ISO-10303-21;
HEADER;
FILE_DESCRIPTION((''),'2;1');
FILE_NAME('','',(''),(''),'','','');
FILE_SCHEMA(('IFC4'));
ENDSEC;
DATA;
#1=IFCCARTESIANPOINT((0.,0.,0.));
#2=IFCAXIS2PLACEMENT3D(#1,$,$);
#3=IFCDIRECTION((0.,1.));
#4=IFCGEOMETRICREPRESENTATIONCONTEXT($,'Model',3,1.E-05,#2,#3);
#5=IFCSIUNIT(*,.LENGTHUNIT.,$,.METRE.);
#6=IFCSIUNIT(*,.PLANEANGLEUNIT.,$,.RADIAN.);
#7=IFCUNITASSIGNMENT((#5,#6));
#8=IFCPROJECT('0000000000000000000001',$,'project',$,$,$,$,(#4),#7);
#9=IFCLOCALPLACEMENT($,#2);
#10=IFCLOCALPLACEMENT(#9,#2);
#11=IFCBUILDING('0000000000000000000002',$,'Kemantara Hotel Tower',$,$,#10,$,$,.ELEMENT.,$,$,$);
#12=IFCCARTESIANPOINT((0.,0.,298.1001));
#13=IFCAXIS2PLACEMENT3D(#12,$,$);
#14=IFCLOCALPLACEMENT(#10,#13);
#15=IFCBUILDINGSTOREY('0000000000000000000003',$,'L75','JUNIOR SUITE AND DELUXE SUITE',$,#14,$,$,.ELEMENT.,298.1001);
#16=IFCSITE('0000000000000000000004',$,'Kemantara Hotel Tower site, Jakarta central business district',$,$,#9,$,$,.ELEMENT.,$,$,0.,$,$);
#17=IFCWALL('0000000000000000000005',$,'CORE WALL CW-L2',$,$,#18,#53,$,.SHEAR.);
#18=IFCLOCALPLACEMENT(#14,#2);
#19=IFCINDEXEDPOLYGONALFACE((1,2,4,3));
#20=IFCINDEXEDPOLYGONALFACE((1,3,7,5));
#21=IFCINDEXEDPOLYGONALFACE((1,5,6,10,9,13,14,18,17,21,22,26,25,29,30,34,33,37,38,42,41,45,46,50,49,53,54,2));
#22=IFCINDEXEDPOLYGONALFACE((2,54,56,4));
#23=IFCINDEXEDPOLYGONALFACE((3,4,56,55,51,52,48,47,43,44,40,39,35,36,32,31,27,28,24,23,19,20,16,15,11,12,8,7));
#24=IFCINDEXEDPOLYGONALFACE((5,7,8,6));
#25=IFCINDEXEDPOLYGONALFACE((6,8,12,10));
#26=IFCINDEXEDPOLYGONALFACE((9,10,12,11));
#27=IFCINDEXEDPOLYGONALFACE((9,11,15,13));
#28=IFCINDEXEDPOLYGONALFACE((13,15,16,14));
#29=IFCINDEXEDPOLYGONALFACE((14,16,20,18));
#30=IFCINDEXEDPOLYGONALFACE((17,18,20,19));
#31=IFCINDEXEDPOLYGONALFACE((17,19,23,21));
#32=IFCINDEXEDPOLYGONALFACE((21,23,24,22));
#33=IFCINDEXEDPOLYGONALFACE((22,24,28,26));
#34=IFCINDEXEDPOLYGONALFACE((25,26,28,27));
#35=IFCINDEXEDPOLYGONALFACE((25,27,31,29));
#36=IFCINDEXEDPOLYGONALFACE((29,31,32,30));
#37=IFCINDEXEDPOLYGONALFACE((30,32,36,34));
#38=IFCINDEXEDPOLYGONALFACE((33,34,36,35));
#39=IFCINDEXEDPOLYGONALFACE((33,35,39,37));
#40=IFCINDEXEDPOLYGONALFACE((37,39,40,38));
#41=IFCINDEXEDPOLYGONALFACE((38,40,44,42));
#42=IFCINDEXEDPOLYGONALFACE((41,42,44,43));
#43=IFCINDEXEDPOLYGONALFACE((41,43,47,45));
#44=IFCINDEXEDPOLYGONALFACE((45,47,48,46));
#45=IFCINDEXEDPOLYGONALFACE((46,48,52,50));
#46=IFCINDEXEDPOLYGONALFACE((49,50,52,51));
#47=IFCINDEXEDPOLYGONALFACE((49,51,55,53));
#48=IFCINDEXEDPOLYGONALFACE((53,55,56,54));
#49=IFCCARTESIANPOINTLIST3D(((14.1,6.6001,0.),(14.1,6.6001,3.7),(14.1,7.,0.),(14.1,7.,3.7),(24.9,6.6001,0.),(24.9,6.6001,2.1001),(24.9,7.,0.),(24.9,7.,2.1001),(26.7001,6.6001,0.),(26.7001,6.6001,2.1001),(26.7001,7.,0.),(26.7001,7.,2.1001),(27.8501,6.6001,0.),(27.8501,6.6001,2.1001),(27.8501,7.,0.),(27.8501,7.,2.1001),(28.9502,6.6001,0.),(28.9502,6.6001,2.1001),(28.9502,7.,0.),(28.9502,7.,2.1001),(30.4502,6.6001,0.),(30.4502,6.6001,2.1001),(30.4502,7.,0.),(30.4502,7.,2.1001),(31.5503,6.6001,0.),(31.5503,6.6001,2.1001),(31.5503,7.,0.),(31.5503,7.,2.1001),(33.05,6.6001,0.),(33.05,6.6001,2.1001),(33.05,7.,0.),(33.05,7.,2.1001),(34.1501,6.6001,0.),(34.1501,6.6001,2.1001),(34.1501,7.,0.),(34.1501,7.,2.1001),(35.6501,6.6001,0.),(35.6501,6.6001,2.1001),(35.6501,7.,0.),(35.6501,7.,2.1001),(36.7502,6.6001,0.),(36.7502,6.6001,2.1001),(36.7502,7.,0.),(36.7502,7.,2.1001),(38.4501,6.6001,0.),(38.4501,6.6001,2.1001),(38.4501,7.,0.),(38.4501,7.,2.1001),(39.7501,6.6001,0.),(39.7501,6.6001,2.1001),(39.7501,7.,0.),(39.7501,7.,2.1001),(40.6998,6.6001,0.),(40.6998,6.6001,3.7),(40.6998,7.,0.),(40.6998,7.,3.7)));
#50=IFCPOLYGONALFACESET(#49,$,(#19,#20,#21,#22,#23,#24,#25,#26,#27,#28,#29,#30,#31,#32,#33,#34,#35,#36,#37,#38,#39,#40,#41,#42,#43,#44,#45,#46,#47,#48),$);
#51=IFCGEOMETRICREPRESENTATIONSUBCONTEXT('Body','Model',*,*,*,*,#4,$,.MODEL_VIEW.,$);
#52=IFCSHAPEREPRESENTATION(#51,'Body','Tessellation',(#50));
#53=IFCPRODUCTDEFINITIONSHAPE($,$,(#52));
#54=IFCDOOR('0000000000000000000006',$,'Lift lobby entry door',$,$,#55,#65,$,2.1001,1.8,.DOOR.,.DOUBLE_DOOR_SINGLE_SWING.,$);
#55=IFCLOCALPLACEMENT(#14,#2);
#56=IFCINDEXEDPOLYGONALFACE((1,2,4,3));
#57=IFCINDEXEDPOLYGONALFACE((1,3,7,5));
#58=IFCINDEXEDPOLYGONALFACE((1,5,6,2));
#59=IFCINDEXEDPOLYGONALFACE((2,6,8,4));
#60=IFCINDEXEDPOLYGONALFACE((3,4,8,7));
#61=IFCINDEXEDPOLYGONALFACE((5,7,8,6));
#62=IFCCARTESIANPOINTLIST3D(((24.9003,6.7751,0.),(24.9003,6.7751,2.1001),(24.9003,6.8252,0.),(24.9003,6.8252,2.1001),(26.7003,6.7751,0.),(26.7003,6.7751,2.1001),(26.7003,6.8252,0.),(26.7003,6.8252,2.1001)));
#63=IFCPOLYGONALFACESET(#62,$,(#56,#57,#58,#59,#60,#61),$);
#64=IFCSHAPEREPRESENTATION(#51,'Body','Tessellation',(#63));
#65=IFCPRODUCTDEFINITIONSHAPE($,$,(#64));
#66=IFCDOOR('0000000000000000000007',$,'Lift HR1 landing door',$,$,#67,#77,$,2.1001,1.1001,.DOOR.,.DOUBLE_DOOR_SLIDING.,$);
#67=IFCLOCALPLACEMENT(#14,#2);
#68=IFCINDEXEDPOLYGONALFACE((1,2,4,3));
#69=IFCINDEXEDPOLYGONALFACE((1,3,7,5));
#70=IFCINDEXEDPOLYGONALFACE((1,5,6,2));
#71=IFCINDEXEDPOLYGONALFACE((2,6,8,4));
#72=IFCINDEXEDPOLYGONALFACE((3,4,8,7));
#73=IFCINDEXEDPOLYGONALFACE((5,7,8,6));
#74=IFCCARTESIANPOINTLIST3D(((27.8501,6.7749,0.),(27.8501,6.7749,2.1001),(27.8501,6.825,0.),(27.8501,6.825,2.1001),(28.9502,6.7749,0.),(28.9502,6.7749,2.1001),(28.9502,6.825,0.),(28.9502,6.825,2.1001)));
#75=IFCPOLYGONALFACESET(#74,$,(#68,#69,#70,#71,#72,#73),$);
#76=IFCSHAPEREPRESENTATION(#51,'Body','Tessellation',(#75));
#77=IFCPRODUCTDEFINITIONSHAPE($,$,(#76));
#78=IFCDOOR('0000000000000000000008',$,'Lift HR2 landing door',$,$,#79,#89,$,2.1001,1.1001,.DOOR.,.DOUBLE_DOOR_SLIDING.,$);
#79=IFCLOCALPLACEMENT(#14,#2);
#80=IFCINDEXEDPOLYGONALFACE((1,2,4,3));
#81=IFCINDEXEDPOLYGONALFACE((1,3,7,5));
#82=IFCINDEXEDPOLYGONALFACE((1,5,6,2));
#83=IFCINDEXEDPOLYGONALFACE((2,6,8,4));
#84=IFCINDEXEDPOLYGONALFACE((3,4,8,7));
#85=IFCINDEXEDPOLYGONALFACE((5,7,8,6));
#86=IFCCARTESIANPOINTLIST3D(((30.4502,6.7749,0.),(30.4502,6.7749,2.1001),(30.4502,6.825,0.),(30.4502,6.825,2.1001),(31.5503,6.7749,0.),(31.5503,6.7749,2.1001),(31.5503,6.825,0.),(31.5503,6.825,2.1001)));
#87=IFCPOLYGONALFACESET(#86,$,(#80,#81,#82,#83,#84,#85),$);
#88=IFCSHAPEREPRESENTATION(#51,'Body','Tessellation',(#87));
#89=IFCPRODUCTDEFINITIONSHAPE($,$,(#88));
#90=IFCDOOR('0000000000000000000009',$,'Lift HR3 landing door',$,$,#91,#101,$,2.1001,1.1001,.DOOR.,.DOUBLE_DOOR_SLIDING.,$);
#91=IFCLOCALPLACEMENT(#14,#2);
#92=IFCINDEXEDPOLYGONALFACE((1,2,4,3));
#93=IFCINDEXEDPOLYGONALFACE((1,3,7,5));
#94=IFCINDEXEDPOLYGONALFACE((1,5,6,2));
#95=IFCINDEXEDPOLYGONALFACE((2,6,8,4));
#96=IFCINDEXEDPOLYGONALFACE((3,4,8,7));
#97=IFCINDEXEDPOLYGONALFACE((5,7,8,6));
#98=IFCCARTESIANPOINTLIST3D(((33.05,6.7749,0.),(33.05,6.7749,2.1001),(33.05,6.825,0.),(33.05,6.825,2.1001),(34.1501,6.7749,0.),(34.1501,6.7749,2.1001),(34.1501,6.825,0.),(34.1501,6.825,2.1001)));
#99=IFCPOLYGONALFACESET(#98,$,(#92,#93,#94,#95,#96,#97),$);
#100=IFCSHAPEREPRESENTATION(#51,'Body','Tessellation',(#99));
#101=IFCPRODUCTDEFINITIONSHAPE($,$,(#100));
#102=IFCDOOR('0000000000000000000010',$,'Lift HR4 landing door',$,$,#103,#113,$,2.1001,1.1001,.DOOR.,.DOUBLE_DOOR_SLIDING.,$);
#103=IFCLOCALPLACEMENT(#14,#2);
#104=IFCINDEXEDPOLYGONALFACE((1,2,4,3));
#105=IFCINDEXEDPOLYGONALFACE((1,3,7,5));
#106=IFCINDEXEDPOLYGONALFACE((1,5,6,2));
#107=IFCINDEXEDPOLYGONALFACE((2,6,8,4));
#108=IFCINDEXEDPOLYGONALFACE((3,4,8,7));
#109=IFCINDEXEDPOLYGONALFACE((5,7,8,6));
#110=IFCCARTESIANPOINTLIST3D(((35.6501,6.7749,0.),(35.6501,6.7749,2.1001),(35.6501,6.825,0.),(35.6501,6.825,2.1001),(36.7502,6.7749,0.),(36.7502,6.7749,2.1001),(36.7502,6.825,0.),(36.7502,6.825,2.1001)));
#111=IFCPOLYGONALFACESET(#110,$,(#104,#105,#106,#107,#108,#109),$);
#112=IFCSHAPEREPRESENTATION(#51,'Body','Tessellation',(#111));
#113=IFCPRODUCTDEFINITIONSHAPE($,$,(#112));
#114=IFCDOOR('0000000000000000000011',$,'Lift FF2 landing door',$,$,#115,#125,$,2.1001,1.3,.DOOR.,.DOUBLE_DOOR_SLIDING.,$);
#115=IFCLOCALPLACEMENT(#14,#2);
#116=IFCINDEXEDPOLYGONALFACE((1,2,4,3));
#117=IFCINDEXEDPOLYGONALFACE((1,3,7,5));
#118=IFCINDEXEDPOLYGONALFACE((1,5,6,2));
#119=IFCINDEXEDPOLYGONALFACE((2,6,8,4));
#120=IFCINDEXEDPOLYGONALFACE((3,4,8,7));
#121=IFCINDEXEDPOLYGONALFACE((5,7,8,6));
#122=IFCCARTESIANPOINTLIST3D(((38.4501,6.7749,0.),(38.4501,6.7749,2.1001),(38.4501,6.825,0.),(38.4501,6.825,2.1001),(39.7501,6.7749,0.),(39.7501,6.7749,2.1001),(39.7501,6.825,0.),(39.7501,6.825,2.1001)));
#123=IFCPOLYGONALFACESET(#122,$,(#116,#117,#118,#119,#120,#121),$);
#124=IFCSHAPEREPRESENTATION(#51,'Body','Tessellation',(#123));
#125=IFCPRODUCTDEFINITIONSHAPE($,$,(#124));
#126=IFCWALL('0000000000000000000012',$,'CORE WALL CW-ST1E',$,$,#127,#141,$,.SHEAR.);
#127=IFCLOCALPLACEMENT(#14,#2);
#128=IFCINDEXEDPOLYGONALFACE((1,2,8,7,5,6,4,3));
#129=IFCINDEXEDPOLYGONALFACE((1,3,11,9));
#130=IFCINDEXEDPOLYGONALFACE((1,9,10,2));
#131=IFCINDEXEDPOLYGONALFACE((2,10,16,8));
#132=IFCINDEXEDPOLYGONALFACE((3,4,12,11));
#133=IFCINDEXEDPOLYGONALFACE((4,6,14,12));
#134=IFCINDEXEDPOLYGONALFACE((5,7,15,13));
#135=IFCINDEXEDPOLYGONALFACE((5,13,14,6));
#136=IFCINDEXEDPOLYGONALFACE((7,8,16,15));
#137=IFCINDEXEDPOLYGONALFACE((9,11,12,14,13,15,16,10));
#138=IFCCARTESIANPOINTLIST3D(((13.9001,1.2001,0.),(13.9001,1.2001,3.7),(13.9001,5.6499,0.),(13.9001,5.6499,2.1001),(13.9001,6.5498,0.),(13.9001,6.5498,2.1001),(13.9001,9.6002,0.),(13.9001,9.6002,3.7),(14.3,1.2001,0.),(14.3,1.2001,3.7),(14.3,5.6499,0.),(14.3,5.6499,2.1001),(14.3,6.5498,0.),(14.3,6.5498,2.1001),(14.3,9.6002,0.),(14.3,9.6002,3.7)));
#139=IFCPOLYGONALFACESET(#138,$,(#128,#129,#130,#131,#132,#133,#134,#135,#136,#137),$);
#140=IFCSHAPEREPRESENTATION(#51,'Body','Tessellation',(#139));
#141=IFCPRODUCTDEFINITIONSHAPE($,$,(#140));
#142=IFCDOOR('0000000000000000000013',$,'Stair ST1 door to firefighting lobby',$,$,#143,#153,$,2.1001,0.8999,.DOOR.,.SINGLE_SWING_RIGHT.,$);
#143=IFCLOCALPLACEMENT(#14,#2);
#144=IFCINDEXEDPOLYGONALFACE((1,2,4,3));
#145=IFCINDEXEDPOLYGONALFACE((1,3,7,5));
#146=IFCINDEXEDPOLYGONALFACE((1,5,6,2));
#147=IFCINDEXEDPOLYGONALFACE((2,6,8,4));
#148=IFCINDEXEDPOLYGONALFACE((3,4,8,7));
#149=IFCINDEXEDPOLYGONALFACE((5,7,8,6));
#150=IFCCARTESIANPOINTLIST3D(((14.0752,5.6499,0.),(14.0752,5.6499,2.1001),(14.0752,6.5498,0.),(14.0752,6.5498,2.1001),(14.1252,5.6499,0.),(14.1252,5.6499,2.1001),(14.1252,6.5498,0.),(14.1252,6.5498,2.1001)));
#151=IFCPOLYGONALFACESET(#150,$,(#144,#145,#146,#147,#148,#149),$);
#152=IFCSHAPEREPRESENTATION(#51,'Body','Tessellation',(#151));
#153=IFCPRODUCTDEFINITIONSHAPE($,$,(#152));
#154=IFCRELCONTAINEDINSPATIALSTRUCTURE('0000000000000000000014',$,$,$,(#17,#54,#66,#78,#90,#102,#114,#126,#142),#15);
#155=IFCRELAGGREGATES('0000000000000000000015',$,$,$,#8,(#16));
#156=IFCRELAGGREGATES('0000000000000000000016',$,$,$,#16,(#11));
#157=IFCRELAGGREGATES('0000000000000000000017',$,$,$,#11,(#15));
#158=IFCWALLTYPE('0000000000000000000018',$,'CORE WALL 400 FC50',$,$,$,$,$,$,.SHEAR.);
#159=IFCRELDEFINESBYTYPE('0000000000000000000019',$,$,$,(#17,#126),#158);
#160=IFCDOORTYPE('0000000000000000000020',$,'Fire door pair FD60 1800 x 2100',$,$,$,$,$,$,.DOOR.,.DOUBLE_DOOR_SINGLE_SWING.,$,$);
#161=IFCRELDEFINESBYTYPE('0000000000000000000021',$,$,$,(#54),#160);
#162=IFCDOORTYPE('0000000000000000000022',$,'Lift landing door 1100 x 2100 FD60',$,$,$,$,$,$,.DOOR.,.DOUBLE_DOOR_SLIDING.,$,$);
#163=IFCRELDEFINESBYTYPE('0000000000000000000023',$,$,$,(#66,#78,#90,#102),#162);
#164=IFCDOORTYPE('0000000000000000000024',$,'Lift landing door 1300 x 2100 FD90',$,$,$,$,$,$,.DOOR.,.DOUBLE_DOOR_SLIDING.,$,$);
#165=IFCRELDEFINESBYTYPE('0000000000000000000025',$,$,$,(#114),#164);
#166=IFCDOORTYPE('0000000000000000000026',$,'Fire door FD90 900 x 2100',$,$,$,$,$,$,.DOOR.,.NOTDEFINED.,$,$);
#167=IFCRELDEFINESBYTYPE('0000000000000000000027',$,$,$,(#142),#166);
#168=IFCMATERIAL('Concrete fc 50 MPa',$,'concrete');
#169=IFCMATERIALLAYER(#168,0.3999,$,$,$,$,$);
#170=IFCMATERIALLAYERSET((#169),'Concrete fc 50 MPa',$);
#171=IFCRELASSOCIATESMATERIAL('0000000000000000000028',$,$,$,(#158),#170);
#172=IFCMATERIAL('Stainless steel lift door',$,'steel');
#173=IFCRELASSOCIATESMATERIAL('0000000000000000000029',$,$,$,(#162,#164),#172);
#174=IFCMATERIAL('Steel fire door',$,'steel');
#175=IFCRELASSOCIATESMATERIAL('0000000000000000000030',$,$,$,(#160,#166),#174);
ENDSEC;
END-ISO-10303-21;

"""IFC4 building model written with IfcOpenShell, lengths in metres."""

from ifc_helpers import new_model, si_unit, direction, frame, frame_2d, origin, place, context, subcontext, project, spatial, rectangle, extrude, material, layer, layer_set, type_object, element, fill, save


model = new_model("IFC4")

# Units and contexts
model_context = context("Model", 3, precision=1e-05, world=origin(), true_north=direction((0.0, 1.0)))
body_context = subcontext(model_context, "Body", "Model", "MODEL_VIEW")
ifc_project = project(units=[si_unit("LENGTHUNIT", "METRE"), si_unit("PLANEANGLEUNIT", "RADIAN")], contexts=[model_context])

# Site, building, storey
site_placement = place(None, origin())
site = spatial("IfcSite", under=ifc_project, at=site_placement, Name="Kemantara Hotel Tower site, Jakarta central business district", CompositionType="ELEMENT", RefElevation=0.0)
building_placement = place(site_placement, origin())
building = spatial("IfcBuilding", under=site, at=building_placement, Name="Kemantara Hotel Tower", CompositionType="ELEMENT")
storey_placement = place(building_placement, frame((0.0, 0.0, 298.1001)))
storey = spatial("IfcBuildingStorey", under=building, at=storey_placement, Name="L75", Description="JUNIOR SUITE AND DELUXE SUITE", CompositionType="ELEMENT", Elevation=298.1001)

# Shared definitions
ifc_material_1 = material(Name="Concrete fc 50 MPa", Category="concrete")

# Shared definitions
ifc_layer_1 = layer(ifc_material_1, 0.3999)
ifc_layer_set_1 = layer_set([ifc_layer_1], Name="Concrete fc 50 MPa")
wall_type_1 = type_object("IfcWallType", Name="CORE WALL 400 FC50", PredefinedType="SHEAR", material=ifc_layer_set_1)
ifc_material_2 = material(Name="Steel fire door", Category="steel")

# Wall, openings, doors
ifc_material_3 = material(Name="Stainless steel lift door", Category="steel")
door_type_1 = type_object("IfcDoorType", Name="Lift landing door 1100 x 2100 FD60", OperationType="DOUBLE_DOOR_SLIDING", PredefinedType="DOOR", material=ifc_material_3)
door_type_2 = type_object("IfcDoorType", Name="Lift landing door 1300 x 2100 FD90", OperationType="DOUBLE_DOOR_SLIDING", PredefinedType="DOOR", material=ifc_material_3)
wall_1_placement = place(storey_placement, frame((14.1001, 6.8, 0.0), z_axis=(0.0, 0.0, 1.0), x_axis=(1.0, 0.0, 0.0)))
wall_1 = element("IfcWall", 1, at=wall_1_placement, inside=storey, type_object=wall_type_1, Name="CORE WALL CW-L2", PredefinedType="SHEAR", context=body_context, shape_type="SweptSolid", body=[
    extrude(rectangle(XDim=26.5999, YDim=0.3999, at=frame_2d((13.2998, 0.0))), origin(), (0.0, 0.0, 1.0), 3.7),
])
opening_1_placement = place(wall_1_placement, frame((10.8, 0.0, 0.0)))
opening_1 = element("IfcOpeningElement", 2, at=opening_1_placement, cuts=wall_1, PredefinedType="OPENING", context=body_context, shape_type="SweptSolid", body=[
    extrude(rectangle(XDim=1.8, YDim=2.1001, at=frame_2d((0.8999, 1.05))), frame((0.0, 0.21, 0.0), z_axis=(0.0, -1.0, 0.0), x_axis=(1.0, 0.0, 0.0)), (0.0, 0.0, 1.0), 0.4199),
])
opening_2_placement = place(wall_1_placement, frame((13.75, 0.0, 0.0)))
opening_2 = element("IfcOpeningElement", 3, at=opening_2_placement, cuts=wall_1, PredefinedType="OPENING", context=body_context, shape_type="SweptSolid", body=[
    extrude(rectangle(XDim=1.1001, YDim=2.1001, at=frame_2d((0.55, 1.05))), frame((0.0, 0.21, 0.0), z_axis=(0.0, -1.0, 0.0), x_axis=(1.0, 0.0, 0.0)), (0.0, 0.0, 1.0), 0.4199),
])
opening_3_placement = place(wall_1_placement, frame((16.3501, 0.0, 0.0)))
opening_3 = element("IfcOpeningElement", 4, at=opening_3_placement, cuts=wall_1, PredefinedType="OPENING", context=body_context, shape_type="SweptSolid", body=[
    extrude(rectangle(XDim=1.1001, YDim=2.1001, at=frame_2d((0.55, 1.05))), frame((0.0, 0.21, 0.0), z_axis=(0.0, -1.0, 0.0), x_axis=(1.0, 0.0, 0.0)), (0.0, 0.0, 1.0), 0.4199),
])
opening_4_placement = place(wall_1_placement, frame((18.95, 0.0, 0.0)))
opening_4 = element("IfcOpeningElement", 5, at=opening_4_placement, cuts=wall_1, PredefinedType="OPENING", context=body_context, shape_type="SweptSolid", body=[
    extrude(rectangle(XDim=1.1001, YDim=2.1001, at=frame_2d((0.55, 1.05))), frame((0.0, 0.21, 0.0), z_axis=(0.0, -1.0, 0.0), x_axis=(1.0, 0.0, 0.0)), (0.0, 0.0, 1.0), 0.4199),
])
opening_5_placement = place(wall_1_placement, frame((21.55, 0.0, 0.0)))
opening_5 = element("IfcOpeningElement", 6, at=opening_5_placement, cuts=wall_1, PredefinedType="OPENING", context=body_context, shape_type="SweptSolid", body=[
    extrude(rectangle(XDim=1.1001, YDim=2.1001, at=frame_2d((0.55, 1.05))), frame((0.0, 0.21, 0.0), z_axis=(0.0, -1.0, 0.0), x_axis=(1.0, 0.0, 0.0)), (0.0, 0.0, 1.0), 0.4199),
])
opening_6_placement = place(wall_1_placement, frame((24.3501, 0.0, 0.0)))
opening_6 = element("IfcOpeningElement", 7, at=opening_6_placement, cuts=wall_1, PredefinedType="OPENING", context=body_context, shape_type="SweptSolid", body=[
    extrude(rectangle(XDim=1.3, YDim=2.1001, at=frame_2d((0.6499, 1.05))), frame((0.0, 0.21, 0.0), z_axis=(0.0, -1.0, 0.0), x_axis=(1.0, 0.0, 0.0)), (0.0, 0.0, 1.0), 0.4199),
])
door_type_3 = type_object("IfcDoorType", Name="Fire door pair FD60 1800 x 2100", OperationType="DOUBLE_DOOR_SINGLE_SWING", PredefinedType="DOOR", material=ifc_material_2)
door_1_placement = place(opening_1_placement, frame((1.8, 0.0, 0.0), z_axis=(0.0, 0.0, 1.0), x_axis=(-1.0, 0.0, 0.0)))
door_1 = element("IfcDoor", 8, at=door_1_placement, inside=storey, type_object=door_type_3, Name="Lift lobby entry door", OperationType="DOUBLE_DOOR_SINGLE_SWING", OverallHeight=2.1001, OverallWidth=1.8, PredefinedType="DOOR", context=body_context, shape_type="SweptSolid", body=[
    extrude(rectangle(XDim=1.8, YDim=2.1001, at=frame_2d((0.8999, 1.05))), frame((0.0, 0.0249, 0.0), z_axis=(0.0, -1.0, 0.0), x_axis=(1.0, 0.0, 0.0)), (0.0, 0.0, 1.0), 0.05),
])
fill(opening_1, door_1)
door_2_placement = place(opening_2_placement, origin())
door_2 = element("IfcDoor", 9, at=door_2_placement, inside=storey, type_object=door_type_1, Name="Lift HR1 landing door", OperationType="DOUBLE_DOOR_SLIDING", OverallHeight=2.1001, OverallWidth=1.1001, PredefinedType="DOOR", context=body_context, shape_type="SweptSolid", body=[
    extrude(rectangle(XDim=1.1001, YDim=2.1001, at=frame_2d((0.55, 1.05))), frame((0.0, 0.0249, 0.0), z_axis=(0.0, -1.0, 0.0), x_axis=(1.0, 0.0, 0.0)), (0.0, 0.0, 1.0), 0.05),
])
fill(opening_2, door_2)
door_3_placement = place(opening_3_placement, origin())
door_3 = element("IfcDoor", 10, at=door_3_placement, inside=storey, type_object=door_type_1, Name="Lift HR2 landing door", OperationType="DOUBLE_DOOR_SLIDING", OverallHeight=2.1001, OverallWidth=1.1001, PredefinedType="DOOR", context=body_context, shape_type="SweptSolid", body=[
    extrude(rectangle(XDim=1.1001, YDim=2.1001, at=frame_2d((0.55, 1.05))), frame((0.0, 0.0249, 0.0), z_axis=(0.0, -1.0, 0.0), x_axis=(1.0, 0.0, 0.0)), (0.0, 0.0, 1.0), 0.05),
])
fill(opening_3, door_3)
door_4_placement = place(opening_4_placement, origin())
door_4 = element("IfcDoor", 11, at=door_4_placement, inside=storey, type_object=door_type_1, Name="Lift HR3 landing door", OperationType="DOUBLE_DOOR_SLIDING", OverallHeight=2.1001, OverallWidth=1.1001, PredefinedType="DOOR", context=body_context, shape_type="SweptSolid", body=[
    extrude(rectangle(XDim=1.1001, YDim=2.1001, at=frame_2d((0.55, 1.05))), frame((0.0, 0.0249, 0.0), z_axis=(0.0, -1.0, 0.0), x_axis=(1.0, 0.0, 0.0)), (0.0, 0.0, 1.0), 0.05),
])
fill(opening_4, door_4)
door_5_placement = place(opening_5_placement, origin())
door_5 = element("IfcDoor", 12, at=door_5_placement, inside=storey, type_object=door_type_1, Name="Lift HR4 landing door", OperationType="DOUBLE_DOOR_SLIDING", OverallHeight=2.1001, OverallWidth=1.1001, PredefinedType="DOOR", context=body_context, shape_type="SweptSolid", body=[
    extrude(rectangle(XDim=1.1001, YDim=2.1001, at=frame_2d((0.55, 1.05))), frame((0.0, 0.0249, 0.0), z_axis=(0.0, -1.0, 0.0), x_axis=(1.0, 0.0, 0.0)), (0.0, 0.0, 1.0), 0.05),
])
fill(opening_5, door_5)
door_6_placement = place(opening_6_placement, origin())
door_6 = element("IfcDoor", 13, at=door_6_placement, inside=storey, type_object=door_type_2, Name="Lift FF2 landing door", OperationType="DOUBLE_DOOR_SLIDING", OverallHeight=2.1001, OverallWidth=1.3, PredefinedType="DOOR", context=body_context, shape_type="SweptSolid", body=[
    extrude(rectangle(XDim=1.3, YDim=2.1001, at=frame_2d((0.6499, 1.05))), frame((0.0, 0.0249, 0.0), z_axis=(0.0, -1.0, 0.0), x_axis=(1.0, 0.0, 0.0)), (0.0, 0.0, 1.0), 0.05),
])
fill(opening_6, door_6)

# Wall, opening, door
wall_2_placement = place(storey_placement, frame((14.1001, 1.2, 0.0), z_axis=(0.0, 0.0, 1.0), x_axis=(0.0, 1.0, 0.0)))
wall_2 = element("IfcWall", 14, at=wall_2_placement, inside=storey, type_object=wall_type_1, Name="CORE WALL CW-ST1E", PredefinedType="SHEAR", context=body_context, shape_type="SweptSolid", body=[
    extrude(rectangle(XDim=8.4001, YDim=0.3999, at=frame_2d((4.2002, 0.0))), origin(), (0.0, 0.0, 1.0), 3.7),
])
opening_7_placement = place(wall_2_placement, frame((4.45, 0.0, 0.0)))
opening_7 = element("IfcOpeningElement", 15, at=opening_7_placement, cuts=wall_2, PredefinedType="OPENING", context=body_context, shape_type="SweptSolid", body=[
    extrude(rectangle(XDim=0.8999, YDim=2.1001, at=frame_2d((0.45, 1.05))), frame((0.0, 0.21, 0.0), z_axis=(0.0, -1.0, 0.0), x_axis=(1.0, 0.0, 0.0)), (0.0, 0.0, 1.0), 0.4199),
])
door_type_4 = type_object("IfcDoorType", Name="Fire door FD90 900 x 2100", OperationType="NOTDEFINED", PredefinedType="DOOR", material=ifc_material_2)
door_7_placement = place(opening_7_placement, origin())
door_7 = element("IfcDoor", 16, at=door_7_placement, inside=storey, type_object=door_type_4, Name="Stair ST1 door to firefighting lobby", OperationType="SINGLE_SWING_RIGHT", OverallHeight=2.1001, OverallWidth=0.8999, PredefinedType="DOOR", context=body_context, shape_type="SweptSolid", body=[
    extrude(rectangle(XDim=0.8999, YDim=2.1001, at=frame_2d((0.45, 1.05))), frame((0.0, 0.0249, 0.0), z_axis=(0.0, -1.0, 0.0), x_axis=(1.0, 0.0, 0.0)), (0.0, 0.0, 1.0), 0.05),
])
fill(opening_7, door_7)

save(model, "model.ifc")
